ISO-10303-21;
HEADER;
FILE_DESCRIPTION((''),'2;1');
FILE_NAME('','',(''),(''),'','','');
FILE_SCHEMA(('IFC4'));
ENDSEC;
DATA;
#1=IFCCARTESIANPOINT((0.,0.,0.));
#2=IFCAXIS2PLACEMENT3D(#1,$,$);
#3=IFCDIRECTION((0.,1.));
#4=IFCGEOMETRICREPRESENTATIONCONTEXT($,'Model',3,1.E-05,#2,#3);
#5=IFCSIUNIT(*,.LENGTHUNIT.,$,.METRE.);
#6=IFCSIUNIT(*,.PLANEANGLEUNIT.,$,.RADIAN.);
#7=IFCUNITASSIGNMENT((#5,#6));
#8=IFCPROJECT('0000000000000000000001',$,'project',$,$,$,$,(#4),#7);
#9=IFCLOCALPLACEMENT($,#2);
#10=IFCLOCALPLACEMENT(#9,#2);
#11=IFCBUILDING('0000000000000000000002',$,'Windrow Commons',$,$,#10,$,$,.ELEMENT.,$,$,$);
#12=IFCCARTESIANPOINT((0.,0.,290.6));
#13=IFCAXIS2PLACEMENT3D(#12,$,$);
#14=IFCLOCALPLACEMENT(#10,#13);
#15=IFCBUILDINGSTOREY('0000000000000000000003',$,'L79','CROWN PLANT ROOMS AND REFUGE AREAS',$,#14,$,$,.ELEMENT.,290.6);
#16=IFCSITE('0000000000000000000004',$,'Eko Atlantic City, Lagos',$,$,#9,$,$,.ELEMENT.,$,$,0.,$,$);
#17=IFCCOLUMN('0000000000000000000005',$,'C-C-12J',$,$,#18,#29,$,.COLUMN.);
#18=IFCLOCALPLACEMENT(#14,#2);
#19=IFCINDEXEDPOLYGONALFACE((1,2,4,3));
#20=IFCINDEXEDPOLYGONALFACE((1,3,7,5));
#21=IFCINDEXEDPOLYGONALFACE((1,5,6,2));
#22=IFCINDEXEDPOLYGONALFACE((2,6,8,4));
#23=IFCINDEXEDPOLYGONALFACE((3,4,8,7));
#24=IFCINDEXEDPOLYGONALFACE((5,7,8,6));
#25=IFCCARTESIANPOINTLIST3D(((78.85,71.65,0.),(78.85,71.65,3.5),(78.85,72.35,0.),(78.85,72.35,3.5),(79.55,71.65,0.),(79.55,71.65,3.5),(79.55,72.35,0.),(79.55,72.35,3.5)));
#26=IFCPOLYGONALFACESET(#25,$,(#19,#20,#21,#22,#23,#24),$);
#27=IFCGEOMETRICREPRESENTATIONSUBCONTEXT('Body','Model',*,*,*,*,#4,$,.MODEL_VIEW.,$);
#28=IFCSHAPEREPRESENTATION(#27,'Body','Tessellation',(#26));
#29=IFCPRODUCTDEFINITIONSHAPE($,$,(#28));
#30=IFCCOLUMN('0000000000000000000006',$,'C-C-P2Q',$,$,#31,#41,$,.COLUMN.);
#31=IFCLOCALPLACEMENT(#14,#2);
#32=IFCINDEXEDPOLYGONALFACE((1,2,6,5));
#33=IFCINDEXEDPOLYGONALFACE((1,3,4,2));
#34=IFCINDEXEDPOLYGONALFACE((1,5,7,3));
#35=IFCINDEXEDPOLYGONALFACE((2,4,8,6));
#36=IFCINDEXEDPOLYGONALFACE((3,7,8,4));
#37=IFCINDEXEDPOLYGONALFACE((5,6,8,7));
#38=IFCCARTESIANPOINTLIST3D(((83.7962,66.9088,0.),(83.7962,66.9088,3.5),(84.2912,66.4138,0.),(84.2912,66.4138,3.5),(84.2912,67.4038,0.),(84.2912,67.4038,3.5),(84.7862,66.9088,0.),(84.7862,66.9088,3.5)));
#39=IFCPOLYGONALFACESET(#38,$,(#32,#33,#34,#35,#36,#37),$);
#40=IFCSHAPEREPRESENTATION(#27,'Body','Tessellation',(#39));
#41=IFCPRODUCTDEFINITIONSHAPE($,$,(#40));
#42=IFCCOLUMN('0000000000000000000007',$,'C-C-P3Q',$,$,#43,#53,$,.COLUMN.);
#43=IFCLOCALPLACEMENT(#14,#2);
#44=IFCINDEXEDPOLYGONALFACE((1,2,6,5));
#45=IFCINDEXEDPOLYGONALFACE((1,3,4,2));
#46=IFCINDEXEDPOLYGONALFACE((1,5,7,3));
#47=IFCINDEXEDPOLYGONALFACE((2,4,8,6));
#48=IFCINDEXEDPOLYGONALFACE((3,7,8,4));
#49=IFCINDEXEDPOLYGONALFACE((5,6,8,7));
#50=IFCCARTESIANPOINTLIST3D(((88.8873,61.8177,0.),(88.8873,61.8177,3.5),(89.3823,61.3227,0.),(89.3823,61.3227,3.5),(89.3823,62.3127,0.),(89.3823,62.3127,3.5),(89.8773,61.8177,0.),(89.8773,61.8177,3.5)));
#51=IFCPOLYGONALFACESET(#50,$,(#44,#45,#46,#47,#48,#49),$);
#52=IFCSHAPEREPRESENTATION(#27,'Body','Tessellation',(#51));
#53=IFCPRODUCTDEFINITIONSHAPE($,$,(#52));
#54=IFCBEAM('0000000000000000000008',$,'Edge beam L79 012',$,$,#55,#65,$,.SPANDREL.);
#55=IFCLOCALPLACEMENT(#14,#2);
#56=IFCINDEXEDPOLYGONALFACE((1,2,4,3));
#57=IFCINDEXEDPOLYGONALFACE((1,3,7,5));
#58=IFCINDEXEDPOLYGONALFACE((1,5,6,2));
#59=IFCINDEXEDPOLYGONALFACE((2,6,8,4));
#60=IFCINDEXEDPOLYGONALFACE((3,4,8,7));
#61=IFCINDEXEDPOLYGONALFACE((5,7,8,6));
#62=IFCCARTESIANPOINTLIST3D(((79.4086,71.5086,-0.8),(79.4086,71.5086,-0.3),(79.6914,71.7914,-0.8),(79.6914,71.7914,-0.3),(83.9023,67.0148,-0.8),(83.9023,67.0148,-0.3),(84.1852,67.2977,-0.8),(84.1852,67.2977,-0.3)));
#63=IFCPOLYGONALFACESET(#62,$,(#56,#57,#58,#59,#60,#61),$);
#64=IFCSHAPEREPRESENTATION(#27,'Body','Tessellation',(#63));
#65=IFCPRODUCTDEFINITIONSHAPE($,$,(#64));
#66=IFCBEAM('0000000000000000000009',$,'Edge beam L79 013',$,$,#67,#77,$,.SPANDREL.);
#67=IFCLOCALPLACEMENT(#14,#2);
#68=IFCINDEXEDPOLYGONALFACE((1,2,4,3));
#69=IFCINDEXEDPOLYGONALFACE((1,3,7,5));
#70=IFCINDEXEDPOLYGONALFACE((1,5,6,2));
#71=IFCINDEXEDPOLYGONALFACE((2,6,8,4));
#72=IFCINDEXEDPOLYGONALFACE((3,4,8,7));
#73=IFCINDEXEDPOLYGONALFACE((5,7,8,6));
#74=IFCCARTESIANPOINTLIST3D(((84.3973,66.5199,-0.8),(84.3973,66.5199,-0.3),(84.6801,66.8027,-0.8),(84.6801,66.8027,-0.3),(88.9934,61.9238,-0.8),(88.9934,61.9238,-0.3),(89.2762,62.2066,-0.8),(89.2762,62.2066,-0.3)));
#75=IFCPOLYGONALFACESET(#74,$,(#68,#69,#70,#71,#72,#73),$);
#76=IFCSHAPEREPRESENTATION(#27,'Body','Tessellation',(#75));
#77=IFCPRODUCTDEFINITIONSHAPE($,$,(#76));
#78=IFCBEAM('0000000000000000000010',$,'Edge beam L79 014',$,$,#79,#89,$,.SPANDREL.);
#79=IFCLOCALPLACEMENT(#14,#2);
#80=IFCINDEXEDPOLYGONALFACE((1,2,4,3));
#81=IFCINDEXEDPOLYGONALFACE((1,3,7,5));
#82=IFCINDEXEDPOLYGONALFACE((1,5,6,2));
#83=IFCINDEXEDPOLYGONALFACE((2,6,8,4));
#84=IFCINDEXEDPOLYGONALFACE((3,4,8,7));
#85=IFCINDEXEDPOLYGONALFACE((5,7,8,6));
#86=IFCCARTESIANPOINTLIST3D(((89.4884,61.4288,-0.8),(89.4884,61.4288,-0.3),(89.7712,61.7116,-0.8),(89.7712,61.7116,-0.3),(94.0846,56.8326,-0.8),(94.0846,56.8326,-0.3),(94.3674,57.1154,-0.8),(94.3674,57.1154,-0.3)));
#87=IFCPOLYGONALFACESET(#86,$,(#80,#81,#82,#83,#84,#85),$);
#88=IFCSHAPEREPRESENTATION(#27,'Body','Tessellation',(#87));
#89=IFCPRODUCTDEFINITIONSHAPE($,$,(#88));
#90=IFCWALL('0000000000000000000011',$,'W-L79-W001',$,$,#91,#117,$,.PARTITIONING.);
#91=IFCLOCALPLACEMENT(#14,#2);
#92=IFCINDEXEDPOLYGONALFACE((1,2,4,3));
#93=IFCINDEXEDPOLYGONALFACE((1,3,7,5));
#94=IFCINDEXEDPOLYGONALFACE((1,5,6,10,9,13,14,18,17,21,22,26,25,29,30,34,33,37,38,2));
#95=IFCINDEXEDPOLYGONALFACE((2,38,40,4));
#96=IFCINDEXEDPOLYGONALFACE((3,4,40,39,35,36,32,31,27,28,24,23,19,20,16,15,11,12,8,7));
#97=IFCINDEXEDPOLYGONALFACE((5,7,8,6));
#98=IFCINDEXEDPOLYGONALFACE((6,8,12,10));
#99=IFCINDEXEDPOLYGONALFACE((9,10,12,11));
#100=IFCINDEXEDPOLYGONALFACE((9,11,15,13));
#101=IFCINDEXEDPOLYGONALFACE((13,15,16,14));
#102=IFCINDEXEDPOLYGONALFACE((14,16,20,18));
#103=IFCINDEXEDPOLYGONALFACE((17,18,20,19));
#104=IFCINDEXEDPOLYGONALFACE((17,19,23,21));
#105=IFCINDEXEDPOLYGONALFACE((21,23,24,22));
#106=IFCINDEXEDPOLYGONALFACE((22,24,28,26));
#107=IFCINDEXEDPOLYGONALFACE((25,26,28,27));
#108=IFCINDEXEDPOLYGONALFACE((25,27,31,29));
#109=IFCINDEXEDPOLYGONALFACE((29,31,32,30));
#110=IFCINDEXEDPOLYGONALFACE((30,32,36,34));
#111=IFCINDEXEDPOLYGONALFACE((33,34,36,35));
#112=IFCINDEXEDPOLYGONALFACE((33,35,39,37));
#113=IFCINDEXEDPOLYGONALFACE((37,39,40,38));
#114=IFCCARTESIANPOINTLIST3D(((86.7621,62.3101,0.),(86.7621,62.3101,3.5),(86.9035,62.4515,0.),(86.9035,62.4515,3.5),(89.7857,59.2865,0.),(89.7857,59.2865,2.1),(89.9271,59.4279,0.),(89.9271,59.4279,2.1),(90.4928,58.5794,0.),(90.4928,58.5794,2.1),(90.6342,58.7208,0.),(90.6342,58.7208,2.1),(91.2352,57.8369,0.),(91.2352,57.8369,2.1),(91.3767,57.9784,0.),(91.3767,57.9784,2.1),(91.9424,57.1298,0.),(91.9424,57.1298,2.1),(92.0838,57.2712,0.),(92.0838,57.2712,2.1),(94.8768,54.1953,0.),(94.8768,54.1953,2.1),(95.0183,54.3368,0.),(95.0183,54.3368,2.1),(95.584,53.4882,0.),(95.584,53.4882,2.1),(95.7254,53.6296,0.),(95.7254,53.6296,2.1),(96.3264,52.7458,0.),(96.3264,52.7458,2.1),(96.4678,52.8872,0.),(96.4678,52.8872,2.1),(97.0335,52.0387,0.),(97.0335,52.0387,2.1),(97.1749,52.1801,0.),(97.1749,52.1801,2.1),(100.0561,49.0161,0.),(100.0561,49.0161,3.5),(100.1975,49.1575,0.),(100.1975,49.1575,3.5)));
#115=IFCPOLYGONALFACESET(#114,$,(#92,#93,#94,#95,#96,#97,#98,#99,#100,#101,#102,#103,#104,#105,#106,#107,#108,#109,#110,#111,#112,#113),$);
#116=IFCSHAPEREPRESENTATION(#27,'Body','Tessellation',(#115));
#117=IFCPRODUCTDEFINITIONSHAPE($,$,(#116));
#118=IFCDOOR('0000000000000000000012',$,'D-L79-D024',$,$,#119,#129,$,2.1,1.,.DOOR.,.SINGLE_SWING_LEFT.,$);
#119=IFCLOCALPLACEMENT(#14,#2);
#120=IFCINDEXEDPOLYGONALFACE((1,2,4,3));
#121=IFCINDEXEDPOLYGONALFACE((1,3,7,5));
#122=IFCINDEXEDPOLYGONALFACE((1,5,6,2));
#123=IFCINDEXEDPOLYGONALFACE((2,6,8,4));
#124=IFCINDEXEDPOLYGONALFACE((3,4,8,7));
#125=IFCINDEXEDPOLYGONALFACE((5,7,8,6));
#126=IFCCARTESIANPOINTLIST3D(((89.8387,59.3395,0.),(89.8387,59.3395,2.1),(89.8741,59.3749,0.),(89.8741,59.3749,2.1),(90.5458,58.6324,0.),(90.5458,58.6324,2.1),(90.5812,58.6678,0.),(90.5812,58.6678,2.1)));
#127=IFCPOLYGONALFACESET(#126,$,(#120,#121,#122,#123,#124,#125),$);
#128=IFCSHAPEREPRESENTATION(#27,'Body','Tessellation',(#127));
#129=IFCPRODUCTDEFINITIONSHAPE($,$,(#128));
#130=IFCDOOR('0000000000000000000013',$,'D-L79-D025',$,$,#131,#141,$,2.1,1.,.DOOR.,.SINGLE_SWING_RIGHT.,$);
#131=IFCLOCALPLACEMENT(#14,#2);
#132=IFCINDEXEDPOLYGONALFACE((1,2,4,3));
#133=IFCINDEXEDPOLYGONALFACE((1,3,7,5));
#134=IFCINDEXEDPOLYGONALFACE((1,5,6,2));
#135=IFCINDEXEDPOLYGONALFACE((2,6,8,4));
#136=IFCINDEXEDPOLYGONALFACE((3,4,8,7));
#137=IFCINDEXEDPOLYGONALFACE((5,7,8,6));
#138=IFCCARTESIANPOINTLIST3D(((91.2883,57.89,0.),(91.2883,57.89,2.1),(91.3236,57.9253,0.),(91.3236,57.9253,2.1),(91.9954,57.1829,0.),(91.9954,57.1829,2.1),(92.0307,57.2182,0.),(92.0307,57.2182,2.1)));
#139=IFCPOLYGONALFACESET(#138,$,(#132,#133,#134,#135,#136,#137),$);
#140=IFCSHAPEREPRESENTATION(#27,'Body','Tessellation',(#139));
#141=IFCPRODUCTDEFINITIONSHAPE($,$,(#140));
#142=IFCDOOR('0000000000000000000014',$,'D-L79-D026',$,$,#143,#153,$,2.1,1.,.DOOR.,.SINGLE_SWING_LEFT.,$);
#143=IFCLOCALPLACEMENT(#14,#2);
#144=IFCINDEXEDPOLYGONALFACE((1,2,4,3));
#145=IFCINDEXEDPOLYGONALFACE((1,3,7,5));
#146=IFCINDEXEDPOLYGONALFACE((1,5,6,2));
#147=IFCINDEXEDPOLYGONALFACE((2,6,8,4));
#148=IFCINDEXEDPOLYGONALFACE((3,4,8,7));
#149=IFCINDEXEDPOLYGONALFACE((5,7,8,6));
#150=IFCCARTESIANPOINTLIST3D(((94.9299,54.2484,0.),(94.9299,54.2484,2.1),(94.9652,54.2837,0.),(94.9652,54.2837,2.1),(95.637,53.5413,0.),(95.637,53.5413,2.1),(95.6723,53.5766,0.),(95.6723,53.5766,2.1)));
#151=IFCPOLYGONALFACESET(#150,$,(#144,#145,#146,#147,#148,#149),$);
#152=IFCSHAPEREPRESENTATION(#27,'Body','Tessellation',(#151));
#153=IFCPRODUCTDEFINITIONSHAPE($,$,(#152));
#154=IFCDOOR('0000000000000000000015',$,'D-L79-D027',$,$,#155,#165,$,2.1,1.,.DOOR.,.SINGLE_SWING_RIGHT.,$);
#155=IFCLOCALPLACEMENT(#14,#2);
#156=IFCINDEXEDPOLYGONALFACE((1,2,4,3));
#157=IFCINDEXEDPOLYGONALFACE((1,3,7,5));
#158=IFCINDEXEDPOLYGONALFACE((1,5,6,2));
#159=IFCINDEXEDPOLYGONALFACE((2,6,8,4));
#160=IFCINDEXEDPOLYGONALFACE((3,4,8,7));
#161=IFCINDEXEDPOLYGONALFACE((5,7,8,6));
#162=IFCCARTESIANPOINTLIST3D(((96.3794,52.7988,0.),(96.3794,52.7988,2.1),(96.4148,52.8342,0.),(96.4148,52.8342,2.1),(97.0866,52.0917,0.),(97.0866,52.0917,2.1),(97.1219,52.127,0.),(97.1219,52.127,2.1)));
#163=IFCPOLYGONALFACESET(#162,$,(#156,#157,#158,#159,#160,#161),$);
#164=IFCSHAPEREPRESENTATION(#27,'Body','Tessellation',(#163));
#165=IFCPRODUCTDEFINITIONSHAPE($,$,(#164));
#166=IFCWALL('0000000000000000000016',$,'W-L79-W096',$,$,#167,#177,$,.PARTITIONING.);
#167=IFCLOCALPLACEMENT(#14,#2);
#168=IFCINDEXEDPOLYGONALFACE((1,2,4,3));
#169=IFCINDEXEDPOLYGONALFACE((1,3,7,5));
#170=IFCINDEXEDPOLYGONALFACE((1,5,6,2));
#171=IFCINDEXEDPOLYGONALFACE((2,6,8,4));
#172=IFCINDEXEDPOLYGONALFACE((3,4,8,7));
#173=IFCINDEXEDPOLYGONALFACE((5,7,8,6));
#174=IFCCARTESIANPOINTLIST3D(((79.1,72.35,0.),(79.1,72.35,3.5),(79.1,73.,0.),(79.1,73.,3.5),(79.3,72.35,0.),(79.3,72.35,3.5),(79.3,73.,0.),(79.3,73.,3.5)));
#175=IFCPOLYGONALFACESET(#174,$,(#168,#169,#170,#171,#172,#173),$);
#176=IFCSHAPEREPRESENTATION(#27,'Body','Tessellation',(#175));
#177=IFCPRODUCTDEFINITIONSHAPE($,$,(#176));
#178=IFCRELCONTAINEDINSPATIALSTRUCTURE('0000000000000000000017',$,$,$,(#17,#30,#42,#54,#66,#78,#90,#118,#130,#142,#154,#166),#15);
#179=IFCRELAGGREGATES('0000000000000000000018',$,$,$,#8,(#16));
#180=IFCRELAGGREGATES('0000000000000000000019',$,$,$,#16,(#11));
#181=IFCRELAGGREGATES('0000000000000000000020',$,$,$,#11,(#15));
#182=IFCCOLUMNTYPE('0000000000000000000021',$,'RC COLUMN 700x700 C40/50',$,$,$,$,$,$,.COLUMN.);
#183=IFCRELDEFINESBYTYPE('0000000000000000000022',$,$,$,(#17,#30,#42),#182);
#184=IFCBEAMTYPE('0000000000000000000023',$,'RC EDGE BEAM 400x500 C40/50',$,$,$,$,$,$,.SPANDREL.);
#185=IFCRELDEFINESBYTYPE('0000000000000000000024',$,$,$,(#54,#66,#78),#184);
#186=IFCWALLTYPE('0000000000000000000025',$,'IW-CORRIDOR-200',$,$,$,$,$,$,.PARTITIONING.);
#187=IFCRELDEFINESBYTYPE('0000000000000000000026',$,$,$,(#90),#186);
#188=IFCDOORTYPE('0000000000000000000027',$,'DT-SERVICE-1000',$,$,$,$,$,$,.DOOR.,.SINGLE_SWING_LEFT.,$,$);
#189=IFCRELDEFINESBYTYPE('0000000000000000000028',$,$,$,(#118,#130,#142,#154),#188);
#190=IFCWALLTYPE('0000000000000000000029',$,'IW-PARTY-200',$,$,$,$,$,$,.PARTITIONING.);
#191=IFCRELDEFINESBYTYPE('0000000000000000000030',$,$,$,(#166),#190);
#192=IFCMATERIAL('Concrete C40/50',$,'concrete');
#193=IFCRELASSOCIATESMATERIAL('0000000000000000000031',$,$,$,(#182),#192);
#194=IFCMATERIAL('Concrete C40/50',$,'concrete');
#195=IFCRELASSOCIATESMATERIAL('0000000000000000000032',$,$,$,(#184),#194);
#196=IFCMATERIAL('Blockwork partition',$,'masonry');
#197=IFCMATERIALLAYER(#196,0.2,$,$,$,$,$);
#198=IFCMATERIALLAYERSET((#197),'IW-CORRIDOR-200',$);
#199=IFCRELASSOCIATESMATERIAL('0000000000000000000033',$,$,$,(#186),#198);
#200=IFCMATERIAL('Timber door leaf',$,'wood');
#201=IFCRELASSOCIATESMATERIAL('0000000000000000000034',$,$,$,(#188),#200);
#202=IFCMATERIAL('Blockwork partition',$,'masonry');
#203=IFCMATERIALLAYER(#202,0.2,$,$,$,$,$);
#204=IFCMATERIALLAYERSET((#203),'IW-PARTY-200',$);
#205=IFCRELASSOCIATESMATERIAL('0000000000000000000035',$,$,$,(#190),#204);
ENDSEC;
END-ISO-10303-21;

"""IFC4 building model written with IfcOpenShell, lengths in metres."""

from ifc_helpers import new_model, si_unit, direction, frame, frame_2d, origin, origin_2d, place, context, subcontext, project, spatial, rectangle, extrude, material, layer, layer_set, material_profile, profile_set, type_object, element, fill, save


model = new_model("IFC4")

# Units and contexts
model_context = context("Model", 3, precision=1e-05, world=origin(), true_north=direction((0.0, 1.0)))
body_context = subcontext(model_context, "Body", "Model", "MODEL_VIEW")
ifc_project = project(units=[si_unit("LENGTHUNIT", "METRE"), si_unit("PLANEANGLEUNIT", "RADIAN")], contexts=[model_context])

# Site, building, storey
site_placement = place(None, origin())
site = spatial("IfcSite", under=ifc_project, at=site_placement, Name="Eko Atlantic City, Lagos", CompositionType="ELEMENT", RefElevation=0.0)
building_placement = place(site_placement, origin())
building = spatial("IfcBuilding", under=site, at=building_placement, Name="Windrow Commons", CompositionType="ELEMENT")
storey_placement = place(building_placement, frame((0.0, 0.0, 290.6)))
storey = spatial("IfcBuildingStorey", under=building, at=storey_placement, Name="L79", Description="CROWN PLANT ROOMS AND REFUGE AREAS", CompositionType="ELEMENT", Elevation=290.6)

# Columns
ifc_material_1 = material(Name="Concrete C40/50", Category="concrete")
ifc_material_profile_1 = material_profile(ifc_material_1, rectangle(XDim=0.7, YDim=0.7, at=origin_2d()))
ifc_profile_set_1 = profile_set([ifc_material_profile_1], Name="Concrete C40/50")
column_type = type_object("IfcColumnType", Name="RC COLUMN 700x700 C40/50", PredefinedType="COLUMN", material=ifc_profile_set_1)
for number, where, z_axis, x_axis, name in (
    (1, (79.2, 72.0, 0.0), (0.0, 0.0, 1.0), (1.0, 0.0, 0.0), "C-C-12J"),
    (2, (84.2912, 66.9088, 0.0), (0.0, 0.0, 1.0), (0.707107, -0.707107, 0.0), "C-C-P2Q"),
    (3, (89.3823, 61.8177, 0.0), (0.0, 0.0, 1.0), (0.707107, -0.707107, 0.0), "C-C-P3Q"),
):
    element("IfcColumn", number, at=place(storey_placement, frame(where, z_axis=z_axis, x_axis=x_axis)), inside=storey, type_object=column_type, Name=name, PredefinedType="COLUMN", context=body_context, shape_type="SweptSolid", body=[
        extrude(rectangle(XDim=0.7, YDim=0.7, at=origin_2d()), origin(), (0.0, 0.0, 1.0), 3.5),
    ])

# Beams
ifc_material_2 = material(Name="Concrete C40/50", Category="concrete")
ifc_material_profile_2 = material_profile(ifc_material_2, rectangle(XDim=0.4, YDim=0.5, at=origin_2d()))
ifc_profile_set_2 = profile_set([ifc_material_profile_2], Name="Concrete C40/50")
beam_type = type_object("IfcBeamType", Name="RC EDGE BEAM 400x500 C40/50", PredefinedType="SPANDREL", material=ifc_profile_set_2)
beam_1_placement = place(storey_placement, frame((79.55, 71.65, -0.55), z_axis=(0.707107, -0.707107, 0.0), x_axis=(0.707107, 0.707107, 0.0)))
element("IfcBeam", 4, at=beam_1_placement, inside=storey, type_object=beam_type, Name="Edge beam L79 012", PredefinedType="SPANDREL", context=body_context, shape_type="SweptSolid", body=[
    extrude(rectangle(XDim=0.4, YDim=0.5, at=origin_2d()), origin(), (0.0, 0.0, 1.0), 6.3551),
])
beam_2_placement = place(storey_placement, frame((84.5387, 66.6613, -0.55), z_axis=(0.707107, -0.707107, 0.0), x_axis=(0.707107, 0.707107, 0.0)))
element("IfcBeam", 5, at=beam_2_placement, inside=storey, type_object=beam_type, Name="Edge beam L79 013", PredefinedType="SPANDREL", context=body_context, shape_type="SweptSolid", body=[
    extrude(rectangle(XDim=0.4, YDim=0.5, at=origin_2d()), origin(), (0.0, 0.0, 1.0), 6.4999),
])
beam_3_placement = place(storey_placement, frame((89.6298, 61.5702, -0.55), z_axis=(0.707107, -0.707107, 0.0), x_axis=(0.707107, 0.707107, 0.0)))
element("IfcBeam", 6, at=beam_3_placement, inside=storey, type_object=beam_type, Name="Edge beam L79 014", PredefinedType="SPANDREL", context=body_context, shape_type="SweptSolid", body=[
    extrude(rectangle(XDim=0.4, YDim=0.5, at=origin_2d()), origin(), (0.0, 0.0, 1.0), 6.5),
])

# Wall, openings, doors
ifc_material_3 = material(Name="Blockwork partition", Category="masonry")
ifc_layer_1 = layer(ifc_material_3, 0.2)
ifc_layer_set_1 = layer_set([ifc_layer_1], Name="IW-CORRIDOR-200")
wall_type_1 = type_object("IfcWallType", Name="IW-CORRIDOR-200", PredefinedType="PARTITIONING", material=ifc_layer_set_1)
wall_1_placement = place(storey_placement, frame((86.8328, 62.3808, 0.0), z_axis=(0.0, 0.0, 1.0), x_axis=(0.707107, -0.707107, 0.0)))
wall_1 = element("IfcWall", 7, at=wall_1_placement, inside=storey, type_object=wall_type_1, Name="W-L79-W001", PredefinedType="PARTITIONING", context=body_context, shape_type="SweptSolid", body=[
    extrude(rectangle(XDim=18.8006, YDim=0.2, at=frame_2d((9.4003, 0.0))), origin(), (0.0, 0.0, 1.0), 3.5),
])
opening_1_placement = place(wall_1_placement, frame((4.276, 0.0, 0.0)))
opening_1 = element("IfcOpeningElement", 8, at=opening_1_placement, cuts=wall_1, PredefinedType="OPENING", context=body_context, shape_type="SweptSolid", body=[
    extrude(rectangle(XDim=1.0, YDim=2.1, at=frame_2d((0.5, 1.05))), frame((0.0, 0.11, 0.0), z_axis=(0.0, -1.0, 0.0), x_axis=(1.0, 0.0, 0.0)), (0.0, 0.0, 1.0), 0.22),
])
opening_2_placement = place(wall_1_placement, frame((6.326, 0.0, 0.0)))
opening_2 = element("IfcOpeningElement", 9, at=opening_2_placement, cuts=wall_1, PredefinedType="OPENING", context=body_context, shape_type="SweptSolid", body=[
    extrude(rectangle(XDim=1.0, YDim=2.1, at=frame_2d((0.5, 1.05))), frame((0.0, 0.11, 0.0), z_axis=(0.0, -1.0, 0.0), x_axis=(1.0, 0.0, 0.0)), (0.0, 0.0, 1.0), 0.22),
])
opening_3_placement = place(wall_1_placement, frame((11.476, 0.0, 0.0)))
opening_3 = element("IfcOpeningElement", 10, at=opening_3_placement, cuts=wall_1, PredefinedType="OPENING", context=body_context, shape_type="SweptSolid", body=[
    extrude(rectangle(XDim=1.0, YDim=2.1, at=frame_2d((0.5, 1.05))), frame((0.0, 0.11, 0.0), z_axis=(0.0, -1.0, 0.0), x_axis=(1.0, 0.0, 0.0)), (0.0, 0.0, 1.0), 0.22),
])
opening_4_placement = place(wall_1_placement, frame((13.526, 0.0, 0.0)))
opening_4 = element("IfcOpeningElement", 11, at=opening_4_placement, cuts=wall_1, PredefinedType="OPENING", context=body_context, shape_type="SweptSolid", body=[
    extrude(rectangle(XDim=1.0, YDim=2.1, at=frame_2d((0.5, 1.05))), frame((0.0, 0.11, 0.0), z_axis=(0.0, -1.0, 0.0), x_axis=(1.0, 0.0, 0.0)), (0.0, 0.0, 1.0), 0.22),
])
ifc_material_4 = material(Name="Timber door leaf", Category="wood")
door_type = type_object("IfcDoorType", Name="DT-SERVICE-1000", OperationType="SINGLE_SWING_LEFT", PredefinedType="DOOR", material=ifc_material_4)
door_1_placement = place(opening_1_placement, origin())
door_1 = element("IfcDoor", 12, at=door_1_placement, inside=storey, type_object=door_type, Name="D-L79-D024", OperationType="SINGLE_SWING_LEFT", OverallHeight=2.1, OverallWidth=1.0, PredefinedType="DOOR", context=body_context, shape_type="SweptSolid", body=[
    extrude(rectangle(XDim=1.0, YDim=2.1, at=frame_2d((0.5, 1.05))), frame((0.0, 0.025, 0.0), z_axis=(0.0, -1.0, 0.0), x_axis=(1.0, 0.0, 0.0)), (0.0, 0.0, 1.0), 0.05),
])
fill(opening_1, door_1)
door_2_placement = place(opening_2_placement, origin())
door_2 = element("IfcDoor", 13, at=door_2_placement, inside=storey, type_object=door_type, Name="D-L79-D025", OperationType="SINGLE_SWING_RIGHT", OverallHeight=2.1, OverallWidth=1.0, PredefinedType="DOOR", context=body_context, shape_type="SweptSolid", body=[
    extrude(rectangle(XDim=1.0, YDim=2.1, at=frame_2d((0.5, 1.05))), frame((0.0, 0.025, 0.0), z_axis=(0.0, -1.0, 0.0), x_axis=(1.0, 0.0, 0.0)), (0.0, 0.0, 1.0), 0.05),
])
fill(opening_2, door_2)
door_3_placement = place(opening_3_placement, origin())
door_3 = element("IfcDoor", 14, at=door_3_placement, inside=storey, type_object=door_type, Name="D-L79-D026", OperationType="SINGLE_SWING_LEFT", OverallHeight=2.1, OverallWidth=1.0, PredefinedType="DOOR", context=body_context, shape_type="SweptSolid", body=[
    extrude(rectangle(XDim=1.0, YDim=2.1, at=frame_2d((0.5, 1.05))), frame((0.0, 0.025, 0.0), z_axis=(0.0, -1.0, 0.0), x_axis=(1.0, 0.0, 0.0)), (0.0, 0.0, 1.0), 0.05),
])
fill(opening_3, door_3)
door_4_placement = place(opening_4_placement, origin())
door_4 = element("IfcDoor", 15, at=door_4_placement, inside=storey, type_object=door_type, Name="D-L79-D027", OperationType="SINGLE_SWING_RIGHT", OverallHeight=2.1, OverallWidth=1.0, PredefinedType="DOOR", context=body_context, shape_type="SweptSolid", body=[
    extrude(rectangle(XDim=1.0, YDim=2.1, at=frame_2d((0.5, 1.05))), frame((0.0, 0.025, 0.0), z_axis=(0.0, -1.0, 0.0), x_axis=(1.0, 0.0, 0.0)), (0.0, 0.0, 1.0), 0.05),
])
fill(opening_4, door_4)

# Wall
ifc_material_5 = material(Name="Blockwork partition", Category="masonry")
ifc_layer_2 = layer(ifc_material_5, 0.2)
ifc_layer_set_2 = layer_set([ifc_layer_2], Name="IW-PARTY-200")
wall_type_2 = type_object("IfcWallType", Name="IW-PARTY-200", PredefinedType="PARTITIONING", material=ifc_layer_set_2)
wall_2_placement = place(storey_placement, frame((79.2, 72.35, 0.0), z_axis=(0.0, 0.0, 1.0), x_axis=(0.0, 1.0, 0.0)))
element("IfcWall", 16, at=wall_2_placement, inside=storey, type_object=wall_type_2, Name="W-L79-W096", PredefinedType="PARTITIONING", context=body_context, shape_type="SweptSolid", body=[
    extrude(rectangle(XDim=0.65, YDim=0.2, at=frame_2d((0.325, 0.0))), origin(), (0.0, 0.0, 1.0), 3.5),
])

save(model, "model.ifc")
